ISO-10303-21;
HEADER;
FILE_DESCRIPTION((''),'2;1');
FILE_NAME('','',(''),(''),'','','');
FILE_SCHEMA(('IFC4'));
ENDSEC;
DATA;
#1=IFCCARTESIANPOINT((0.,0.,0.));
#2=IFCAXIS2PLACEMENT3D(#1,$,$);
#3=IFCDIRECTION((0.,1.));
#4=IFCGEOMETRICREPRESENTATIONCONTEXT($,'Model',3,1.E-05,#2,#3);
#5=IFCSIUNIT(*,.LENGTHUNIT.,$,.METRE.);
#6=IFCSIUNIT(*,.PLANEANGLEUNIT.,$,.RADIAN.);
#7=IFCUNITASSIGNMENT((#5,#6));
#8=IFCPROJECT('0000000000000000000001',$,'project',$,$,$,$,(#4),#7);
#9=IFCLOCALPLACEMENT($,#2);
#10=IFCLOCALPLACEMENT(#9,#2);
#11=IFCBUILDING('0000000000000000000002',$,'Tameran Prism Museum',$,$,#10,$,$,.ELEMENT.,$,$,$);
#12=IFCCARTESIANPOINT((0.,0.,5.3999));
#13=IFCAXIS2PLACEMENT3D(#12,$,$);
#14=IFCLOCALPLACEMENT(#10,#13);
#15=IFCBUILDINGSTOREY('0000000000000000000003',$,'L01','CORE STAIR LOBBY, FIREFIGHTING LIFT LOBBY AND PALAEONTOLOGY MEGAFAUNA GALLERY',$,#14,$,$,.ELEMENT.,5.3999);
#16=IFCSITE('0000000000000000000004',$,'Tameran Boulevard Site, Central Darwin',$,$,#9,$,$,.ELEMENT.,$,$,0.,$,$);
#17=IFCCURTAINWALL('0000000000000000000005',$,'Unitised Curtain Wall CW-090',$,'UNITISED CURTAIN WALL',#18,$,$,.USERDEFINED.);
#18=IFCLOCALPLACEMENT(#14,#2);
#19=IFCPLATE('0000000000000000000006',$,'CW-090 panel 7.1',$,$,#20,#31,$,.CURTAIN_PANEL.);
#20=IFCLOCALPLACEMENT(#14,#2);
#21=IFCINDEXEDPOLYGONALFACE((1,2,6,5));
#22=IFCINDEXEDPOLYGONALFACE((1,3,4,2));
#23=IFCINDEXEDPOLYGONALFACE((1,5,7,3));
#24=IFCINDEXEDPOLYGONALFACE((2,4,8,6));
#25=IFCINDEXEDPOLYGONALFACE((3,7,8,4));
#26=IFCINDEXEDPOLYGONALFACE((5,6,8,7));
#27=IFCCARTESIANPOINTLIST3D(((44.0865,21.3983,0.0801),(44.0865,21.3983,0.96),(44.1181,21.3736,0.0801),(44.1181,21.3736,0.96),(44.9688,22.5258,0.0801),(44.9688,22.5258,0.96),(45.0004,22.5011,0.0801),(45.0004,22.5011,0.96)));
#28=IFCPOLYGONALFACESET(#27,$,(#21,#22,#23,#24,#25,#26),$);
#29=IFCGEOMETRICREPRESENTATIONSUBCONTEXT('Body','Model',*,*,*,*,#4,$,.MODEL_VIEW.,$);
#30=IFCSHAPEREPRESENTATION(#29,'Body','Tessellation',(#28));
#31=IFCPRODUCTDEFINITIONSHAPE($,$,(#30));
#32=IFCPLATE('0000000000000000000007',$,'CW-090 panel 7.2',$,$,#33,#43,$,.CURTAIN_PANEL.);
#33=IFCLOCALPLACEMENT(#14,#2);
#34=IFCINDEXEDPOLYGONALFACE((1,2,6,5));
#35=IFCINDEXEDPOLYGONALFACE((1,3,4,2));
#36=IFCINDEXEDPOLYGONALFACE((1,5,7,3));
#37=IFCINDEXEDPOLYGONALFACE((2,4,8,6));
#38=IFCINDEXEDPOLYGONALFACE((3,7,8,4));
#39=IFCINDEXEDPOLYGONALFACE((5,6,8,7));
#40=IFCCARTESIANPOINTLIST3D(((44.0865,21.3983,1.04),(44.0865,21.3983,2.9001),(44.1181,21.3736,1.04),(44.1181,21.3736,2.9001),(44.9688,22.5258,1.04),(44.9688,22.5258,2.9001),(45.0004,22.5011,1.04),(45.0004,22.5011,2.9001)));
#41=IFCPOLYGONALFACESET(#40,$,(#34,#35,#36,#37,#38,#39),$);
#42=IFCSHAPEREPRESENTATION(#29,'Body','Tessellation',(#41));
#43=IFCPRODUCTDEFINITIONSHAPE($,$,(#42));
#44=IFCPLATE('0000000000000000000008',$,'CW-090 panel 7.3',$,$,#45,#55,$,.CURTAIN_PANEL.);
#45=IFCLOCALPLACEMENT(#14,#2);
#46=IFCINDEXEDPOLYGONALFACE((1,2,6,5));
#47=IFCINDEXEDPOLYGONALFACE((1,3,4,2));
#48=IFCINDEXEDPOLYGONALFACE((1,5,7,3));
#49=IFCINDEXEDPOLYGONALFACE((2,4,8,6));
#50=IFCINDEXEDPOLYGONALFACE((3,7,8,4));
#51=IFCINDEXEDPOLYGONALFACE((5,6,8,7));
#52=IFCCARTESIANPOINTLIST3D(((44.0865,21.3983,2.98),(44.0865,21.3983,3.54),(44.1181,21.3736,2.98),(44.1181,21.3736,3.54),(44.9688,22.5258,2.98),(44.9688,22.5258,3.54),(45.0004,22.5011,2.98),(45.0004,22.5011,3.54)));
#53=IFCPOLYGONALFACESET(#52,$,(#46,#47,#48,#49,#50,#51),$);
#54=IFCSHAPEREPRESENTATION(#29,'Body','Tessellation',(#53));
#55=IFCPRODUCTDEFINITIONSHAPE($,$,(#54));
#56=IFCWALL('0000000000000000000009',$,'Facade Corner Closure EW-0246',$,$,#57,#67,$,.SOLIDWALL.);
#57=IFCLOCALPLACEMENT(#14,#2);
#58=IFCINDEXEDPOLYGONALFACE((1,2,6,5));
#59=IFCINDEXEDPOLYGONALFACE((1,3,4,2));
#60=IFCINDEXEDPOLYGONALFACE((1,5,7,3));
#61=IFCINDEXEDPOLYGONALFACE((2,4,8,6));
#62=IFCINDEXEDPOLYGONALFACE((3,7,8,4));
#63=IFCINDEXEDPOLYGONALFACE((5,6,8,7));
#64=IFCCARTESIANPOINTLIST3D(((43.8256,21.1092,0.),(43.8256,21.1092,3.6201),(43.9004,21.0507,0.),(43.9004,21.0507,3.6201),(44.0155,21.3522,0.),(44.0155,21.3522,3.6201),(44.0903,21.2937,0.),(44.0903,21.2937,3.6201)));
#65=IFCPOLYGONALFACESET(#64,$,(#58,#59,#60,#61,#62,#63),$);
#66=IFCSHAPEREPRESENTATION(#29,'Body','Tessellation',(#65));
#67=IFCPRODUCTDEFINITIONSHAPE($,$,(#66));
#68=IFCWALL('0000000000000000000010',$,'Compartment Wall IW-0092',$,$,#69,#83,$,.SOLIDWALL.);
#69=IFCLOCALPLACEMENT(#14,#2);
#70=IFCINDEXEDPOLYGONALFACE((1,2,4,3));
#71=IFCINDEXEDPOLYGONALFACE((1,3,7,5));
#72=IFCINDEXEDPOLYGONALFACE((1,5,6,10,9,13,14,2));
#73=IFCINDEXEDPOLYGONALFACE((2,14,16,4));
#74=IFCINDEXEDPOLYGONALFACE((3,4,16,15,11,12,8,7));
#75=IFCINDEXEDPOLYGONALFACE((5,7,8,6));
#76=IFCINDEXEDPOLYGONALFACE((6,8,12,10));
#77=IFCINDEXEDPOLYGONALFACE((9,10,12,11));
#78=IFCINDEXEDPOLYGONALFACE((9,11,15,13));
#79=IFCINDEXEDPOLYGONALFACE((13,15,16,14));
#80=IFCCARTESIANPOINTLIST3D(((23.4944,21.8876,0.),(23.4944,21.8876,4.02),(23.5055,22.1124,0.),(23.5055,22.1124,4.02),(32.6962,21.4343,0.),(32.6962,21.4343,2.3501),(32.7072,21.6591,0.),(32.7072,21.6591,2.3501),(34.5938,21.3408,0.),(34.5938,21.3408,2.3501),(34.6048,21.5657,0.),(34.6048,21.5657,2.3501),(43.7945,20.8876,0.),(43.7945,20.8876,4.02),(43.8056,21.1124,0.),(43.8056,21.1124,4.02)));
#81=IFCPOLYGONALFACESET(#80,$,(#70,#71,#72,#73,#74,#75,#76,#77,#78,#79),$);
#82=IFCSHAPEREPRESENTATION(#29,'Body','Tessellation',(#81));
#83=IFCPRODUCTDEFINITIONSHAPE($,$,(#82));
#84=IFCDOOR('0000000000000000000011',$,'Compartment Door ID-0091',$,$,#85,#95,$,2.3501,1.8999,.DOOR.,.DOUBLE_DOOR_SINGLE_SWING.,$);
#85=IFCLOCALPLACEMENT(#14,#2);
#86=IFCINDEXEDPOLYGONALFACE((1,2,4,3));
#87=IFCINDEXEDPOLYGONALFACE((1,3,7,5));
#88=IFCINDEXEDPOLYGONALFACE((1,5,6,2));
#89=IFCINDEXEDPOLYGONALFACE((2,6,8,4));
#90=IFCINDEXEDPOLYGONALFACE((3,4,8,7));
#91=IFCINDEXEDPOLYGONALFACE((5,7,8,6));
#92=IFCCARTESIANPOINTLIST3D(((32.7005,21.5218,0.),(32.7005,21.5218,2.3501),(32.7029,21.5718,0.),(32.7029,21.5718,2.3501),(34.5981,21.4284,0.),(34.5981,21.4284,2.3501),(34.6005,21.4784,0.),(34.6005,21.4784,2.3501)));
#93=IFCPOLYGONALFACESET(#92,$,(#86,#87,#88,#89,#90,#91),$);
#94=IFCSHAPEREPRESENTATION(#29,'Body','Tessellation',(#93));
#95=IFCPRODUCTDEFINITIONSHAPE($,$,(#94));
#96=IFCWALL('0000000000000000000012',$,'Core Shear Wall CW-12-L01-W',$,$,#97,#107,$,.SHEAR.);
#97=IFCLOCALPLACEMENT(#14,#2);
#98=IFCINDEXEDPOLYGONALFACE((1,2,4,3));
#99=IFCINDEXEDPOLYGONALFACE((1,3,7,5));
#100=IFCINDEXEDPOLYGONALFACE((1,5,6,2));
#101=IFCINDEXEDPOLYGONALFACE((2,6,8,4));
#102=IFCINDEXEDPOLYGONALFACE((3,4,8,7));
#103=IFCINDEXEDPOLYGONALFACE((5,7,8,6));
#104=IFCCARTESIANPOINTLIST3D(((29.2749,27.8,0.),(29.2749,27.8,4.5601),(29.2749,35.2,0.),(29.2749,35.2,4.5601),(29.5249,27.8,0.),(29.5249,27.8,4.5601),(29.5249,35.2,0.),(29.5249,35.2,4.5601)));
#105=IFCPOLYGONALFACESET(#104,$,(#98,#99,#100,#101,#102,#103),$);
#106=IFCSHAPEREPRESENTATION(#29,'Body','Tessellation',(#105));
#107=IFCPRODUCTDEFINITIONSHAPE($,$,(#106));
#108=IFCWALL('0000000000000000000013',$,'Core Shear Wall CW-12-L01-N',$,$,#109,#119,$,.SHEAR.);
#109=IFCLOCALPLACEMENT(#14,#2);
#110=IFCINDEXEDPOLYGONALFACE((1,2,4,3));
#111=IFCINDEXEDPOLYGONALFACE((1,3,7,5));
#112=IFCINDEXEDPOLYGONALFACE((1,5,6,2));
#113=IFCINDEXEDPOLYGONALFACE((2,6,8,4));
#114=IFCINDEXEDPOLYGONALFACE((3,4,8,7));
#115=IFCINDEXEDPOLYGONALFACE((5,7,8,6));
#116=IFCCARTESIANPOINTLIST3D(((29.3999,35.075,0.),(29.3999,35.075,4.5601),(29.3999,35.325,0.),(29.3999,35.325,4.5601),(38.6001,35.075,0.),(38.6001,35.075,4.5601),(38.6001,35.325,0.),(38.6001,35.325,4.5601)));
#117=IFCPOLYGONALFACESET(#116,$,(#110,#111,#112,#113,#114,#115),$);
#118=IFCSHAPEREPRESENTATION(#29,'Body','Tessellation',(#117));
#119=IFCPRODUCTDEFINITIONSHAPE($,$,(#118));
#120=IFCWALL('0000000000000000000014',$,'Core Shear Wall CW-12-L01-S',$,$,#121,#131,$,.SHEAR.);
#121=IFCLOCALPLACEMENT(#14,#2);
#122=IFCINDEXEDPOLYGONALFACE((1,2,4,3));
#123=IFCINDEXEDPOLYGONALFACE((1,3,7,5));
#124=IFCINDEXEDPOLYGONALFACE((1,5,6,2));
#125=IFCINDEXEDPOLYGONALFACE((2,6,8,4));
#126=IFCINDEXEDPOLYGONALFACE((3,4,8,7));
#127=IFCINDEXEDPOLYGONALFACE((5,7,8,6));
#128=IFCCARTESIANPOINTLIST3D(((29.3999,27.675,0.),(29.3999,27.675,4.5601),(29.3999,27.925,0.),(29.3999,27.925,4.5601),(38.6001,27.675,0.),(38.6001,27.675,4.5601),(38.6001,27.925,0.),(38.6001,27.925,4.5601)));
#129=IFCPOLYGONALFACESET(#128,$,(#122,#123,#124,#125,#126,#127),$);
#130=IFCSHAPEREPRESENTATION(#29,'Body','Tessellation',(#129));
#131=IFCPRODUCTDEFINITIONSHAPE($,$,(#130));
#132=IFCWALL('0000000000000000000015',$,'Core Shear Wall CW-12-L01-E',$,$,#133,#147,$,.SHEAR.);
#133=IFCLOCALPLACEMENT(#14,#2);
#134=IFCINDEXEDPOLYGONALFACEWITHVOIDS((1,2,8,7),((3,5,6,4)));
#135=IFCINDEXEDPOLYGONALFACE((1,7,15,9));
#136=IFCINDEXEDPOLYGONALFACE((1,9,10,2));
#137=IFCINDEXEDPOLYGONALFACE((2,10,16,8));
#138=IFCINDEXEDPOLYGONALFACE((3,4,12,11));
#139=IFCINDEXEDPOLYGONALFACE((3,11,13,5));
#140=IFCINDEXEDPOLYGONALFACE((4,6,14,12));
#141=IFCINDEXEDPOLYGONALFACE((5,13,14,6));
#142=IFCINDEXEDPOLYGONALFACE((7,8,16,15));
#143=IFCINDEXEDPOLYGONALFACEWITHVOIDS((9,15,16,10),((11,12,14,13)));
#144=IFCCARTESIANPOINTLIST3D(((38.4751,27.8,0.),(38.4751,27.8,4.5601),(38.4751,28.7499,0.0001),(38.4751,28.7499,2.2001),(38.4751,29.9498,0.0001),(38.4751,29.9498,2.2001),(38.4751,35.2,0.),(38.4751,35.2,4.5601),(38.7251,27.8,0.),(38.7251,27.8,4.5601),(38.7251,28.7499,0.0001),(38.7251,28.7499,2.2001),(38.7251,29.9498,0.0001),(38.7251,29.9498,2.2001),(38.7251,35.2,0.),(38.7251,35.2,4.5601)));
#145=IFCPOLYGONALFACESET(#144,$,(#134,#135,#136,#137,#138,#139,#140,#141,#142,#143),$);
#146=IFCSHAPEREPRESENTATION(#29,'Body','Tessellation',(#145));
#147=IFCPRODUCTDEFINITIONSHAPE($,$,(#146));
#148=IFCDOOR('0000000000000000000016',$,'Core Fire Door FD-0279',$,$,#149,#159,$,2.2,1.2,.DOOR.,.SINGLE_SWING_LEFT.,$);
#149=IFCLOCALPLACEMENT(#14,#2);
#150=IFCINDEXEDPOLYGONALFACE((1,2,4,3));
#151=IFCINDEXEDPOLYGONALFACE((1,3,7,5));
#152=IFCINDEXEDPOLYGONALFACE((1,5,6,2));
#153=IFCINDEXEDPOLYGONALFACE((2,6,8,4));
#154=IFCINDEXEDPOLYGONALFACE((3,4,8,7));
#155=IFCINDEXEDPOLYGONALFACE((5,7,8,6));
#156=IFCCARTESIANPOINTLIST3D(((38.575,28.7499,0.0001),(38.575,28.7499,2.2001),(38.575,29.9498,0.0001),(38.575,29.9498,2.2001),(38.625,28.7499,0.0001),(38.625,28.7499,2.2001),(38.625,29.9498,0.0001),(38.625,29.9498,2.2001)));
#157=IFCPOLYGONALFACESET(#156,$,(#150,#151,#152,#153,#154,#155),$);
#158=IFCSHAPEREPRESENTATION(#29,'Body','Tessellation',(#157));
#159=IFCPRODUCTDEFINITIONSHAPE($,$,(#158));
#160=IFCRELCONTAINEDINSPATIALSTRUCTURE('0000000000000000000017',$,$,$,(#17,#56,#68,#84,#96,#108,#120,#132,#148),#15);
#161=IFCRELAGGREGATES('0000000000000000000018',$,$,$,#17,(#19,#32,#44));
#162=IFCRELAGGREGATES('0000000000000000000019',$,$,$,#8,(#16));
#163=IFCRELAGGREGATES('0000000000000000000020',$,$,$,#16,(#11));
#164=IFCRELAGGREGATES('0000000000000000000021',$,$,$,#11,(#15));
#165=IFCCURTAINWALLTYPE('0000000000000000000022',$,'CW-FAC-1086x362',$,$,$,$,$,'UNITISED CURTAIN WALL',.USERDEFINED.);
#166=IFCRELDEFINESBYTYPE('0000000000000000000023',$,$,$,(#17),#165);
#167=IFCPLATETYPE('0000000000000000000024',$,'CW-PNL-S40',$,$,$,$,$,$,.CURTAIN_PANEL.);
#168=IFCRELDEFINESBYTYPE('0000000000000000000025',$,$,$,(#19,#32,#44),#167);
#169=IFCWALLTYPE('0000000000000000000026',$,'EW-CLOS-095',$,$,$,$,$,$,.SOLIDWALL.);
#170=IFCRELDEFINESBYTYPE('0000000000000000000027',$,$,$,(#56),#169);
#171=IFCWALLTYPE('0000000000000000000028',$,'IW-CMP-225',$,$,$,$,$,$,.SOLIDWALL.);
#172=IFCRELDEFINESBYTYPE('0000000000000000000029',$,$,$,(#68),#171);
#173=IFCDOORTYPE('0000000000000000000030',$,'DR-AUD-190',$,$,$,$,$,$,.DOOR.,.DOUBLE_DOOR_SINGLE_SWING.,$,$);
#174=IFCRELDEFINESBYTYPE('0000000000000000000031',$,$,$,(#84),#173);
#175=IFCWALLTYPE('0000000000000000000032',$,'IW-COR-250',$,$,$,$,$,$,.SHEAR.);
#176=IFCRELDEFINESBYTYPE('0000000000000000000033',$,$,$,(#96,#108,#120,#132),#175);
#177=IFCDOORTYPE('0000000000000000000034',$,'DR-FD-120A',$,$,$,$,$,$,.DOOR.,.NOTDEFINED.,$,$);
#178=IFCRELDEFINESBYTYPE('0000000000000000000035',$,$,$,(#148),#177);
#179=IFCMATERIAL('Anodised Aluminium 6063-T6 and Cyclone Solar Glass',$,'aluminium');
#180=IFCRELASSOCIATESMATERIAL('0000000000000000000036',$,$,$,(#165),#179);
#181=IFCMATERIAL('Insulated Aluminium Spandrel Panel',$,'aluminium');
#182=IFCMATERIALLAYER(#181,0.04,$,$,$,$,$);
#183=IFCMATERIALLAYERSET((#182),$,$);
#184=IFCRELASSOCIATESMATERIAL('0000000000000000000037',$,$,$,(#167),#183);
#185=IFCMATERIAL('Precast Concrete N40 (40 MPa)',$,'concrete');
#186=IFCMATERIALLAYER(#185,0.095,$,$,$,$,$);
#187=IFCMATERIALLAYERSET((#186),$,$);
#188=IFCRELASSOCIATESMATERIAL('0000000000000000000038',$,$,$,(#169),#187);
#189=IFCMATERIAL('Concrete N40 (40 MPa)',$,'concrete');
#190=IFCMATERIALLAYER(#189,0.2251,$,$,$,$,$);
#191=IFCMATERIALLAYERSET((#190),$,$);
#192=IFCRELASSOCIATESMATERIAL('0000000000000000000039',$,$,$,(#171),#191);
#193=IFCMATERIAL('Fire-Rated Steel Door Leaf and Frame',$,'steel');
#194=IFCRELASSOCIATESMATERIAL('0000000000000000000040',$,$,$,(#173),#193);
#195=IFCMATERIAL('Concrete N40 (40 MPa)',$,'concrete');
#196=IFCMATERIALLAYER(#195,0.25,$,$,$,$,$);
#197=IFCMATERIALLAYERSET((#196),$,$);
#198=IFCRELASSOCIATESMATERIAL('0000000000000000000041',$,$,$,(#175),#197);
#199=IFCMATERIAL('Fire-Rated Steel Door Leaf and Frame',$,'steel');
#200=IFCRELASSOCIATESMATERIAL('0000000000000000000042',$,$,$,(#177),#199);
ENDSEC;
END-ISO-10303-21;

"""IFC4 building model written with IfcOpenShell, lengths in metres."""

from ifc_helpers import new_model, si_unit, direction, frame, frame_2d, origin, origin_2d, place, context, subcontext, project, spatial, rectangle, extrude, material, layer, layer_set, type_object, element, fill, aggregate, save


model = new_model("IFC4")

# Units and contexts
model_context = context("Model", 3, precision=1e-05, world=origin(), true_north=direction((0.0, 1.0)))
body_context = subcontext(model_context, "Body", "Model", "MODEL_VIEW")
ifc_project = project(units=[si_unit("LENGTHUNIT", "METRE"), si_unit("PLANEANGLEUNIT", "RADIAN")], contexts=[model_context])

# Site, building, storey
site_placement = place(None, origin())
site = spatial("IfcSite", under=ifc_project, at=site_placement, Name="Tameran Boulevard Site, Central Darwin", CompositionType="ELEMENT", RefElevation=0.0)
building_placement = place(site_placement, origin())
building = spatial("IfcBuilding", under=site, at=building_placement, Name="Tameran Prism Museum", CompositionType="ELEMENT")
storey_placement = place(building_placement, frame((0.0, 0.0, 5.3999)))
storey = spatial("IfcBuildingStorey", under=building, at=storey_placement, Name="L01", Description="CORE STAIR LOBBY, FIREFIGHTING LIFT LOBBY AND PALAEONTOLOGY MEGAFAUNA GALLERY", CompositionType="ELEMENT", Elevation=5.3999)

# Curtain wall
ifc_material_1 = material(Name="Anodised Aluminium 6063-T6 and Cyclone Solar Glass", Category="aluminium")
curtain_wall_type_1 = type_object("IfcCurtainWallType", Name="CW-FAC-1086x362", ElementType="UNITISED CURTAIN WALL", PredefinedType="USERDEFINED", material=ifc_material_1)
curtain_wall_1_placement = place(storey_placement, origin())
curtain_wall_1 = element("IfcCurtainWall", 1, at=curtain_wall_1_placement, inside=storey, type_object=curtain_wall_type_1, Name="Unitised Curtain Wall CW-090", ObjectType="UNITISED CURTAIN WALL", PredefinedType="USERDEFINED")

# Plates
ifc_material_2 = material(Name="Insulated Aluminium Spandrel Panel", Category="aluminium")
ifc_layer_1 = layer(ifc_material_2, 0.04)
ifc_layer_set_1 = layer_set([ifc_layer_1])
plate_type_1 = type_object("IfcPlateType", Name="CW-PNL-S40", PredefinedType="CURTAIN_PANEL", material=ifc_layer_set_1)
plate_1_placement = place(storey_placement, frame((44.5435, 21.9497, 0.0801), z_axis=(0.0, 0.0, 1.0), x_axis=(-0.616283, -0.787524, 0.0)))
plate_1 = element("IfcPlate", 2, at=plate_1_placement, type_object=plate_type_1, Name="CW-090 panel 7.1", PredefinedType="CURTAIN_PANEL", context=body_context, shape_type="SweptSolid", body=[
    extrude(rectangle(XDim=1.4316, YDim=0.04, at=origin_2d()), origin(), (0.0, 0.0, 1.0), 0.8799),
])
plate_2_placement = place(storey_placement, frame((44.5435, 21.9497, 1.04), z_axis=(0.0, 0.0, 1.0), x_axis=(-0.616283, -0.787524, 0.0)))
plate_2 = element("IfcPlate", 3, at=plate_2_placement, type_object=plate_type_1, Name="CW-090 panel 7.2", PredefinedType="CURTAIN_PANEL", context=body_context, shape_type="SweptSolid", body=[
    extrude(rectangle(XDim=1.4316, YDim=0.04, at=origin_2d()), origin(), (0.0, 0.0, 1.0), 1.8601),
])
plate_3_placement = place(storey_placement, frame((44.5435, 21.9497, 2.98), z_axis=(0.0, 0.0, 1.0), x_axis=(-0.616283, -0.787524, 0.0)))
plate_3 = element("IfcPlate", 4, at=plate_3_placement, type_object=plate_type_1, Name="CW-090 panel 7.3", PredefinedType="CURTAIN_PANEL", context=body_context, shape_type="SweptSolid", body=[
    extrude(rectangle(XDim=1.4316, YDim=0.04, at=origin_2d()), origin(), (0.0, 0.0, 1.0), 0.5601),
])
aggregate(curtain_wall_1, [plate_1, plate_2, plate_3])

# Wall
ifc_material_3 = material(Name="Precast Concrete N40 (40 MPa)", Category="concrete")
ifc_layer_2 = layer(ifc_material_3, 0.095)
ifc_layer_set_2 = layer_set([ifc_layer_2])
wall_type_1 = type_object("IfcWallType", Name="EW-CLOS-095", PredefinedType="SOLIDWALL", material=ifc_layer_set_2)
wall_1_placement = place(storey_placement, frame((44.053, 21.323, 0.0), z_axis=(0.0, 0.0, 1.0), x_axis=(-0.615967, -0.787772, 0.0)))
element("IfcWall", 5, at=wall_1_placement, inside=storey, type_object=wall_type_1, Name="Facade Corner Closure EW-0246", PredefinedType="SOLIDWALL", context=body_context, shape_type="SweptSolid", body=[
    extrude(rectangle(XDim=0.3083, YDim=0.095, at=frame_2d((0.1543, 0.0))), origin(), (0.0, 0.0, 1.0), 3.6201),
])

# Wall, opening, door
ifc_material_4 = material(Name="Concrete N40 (40 MPa)", Category="concrete")
ifc_layer_3 = layer(ifc_material_4, 0.2251)
ifc_layer_set_3 = layer_set([ifc_layer_3])
wall_type_2 = type_object("IfcWallType", Name="IW-CMP-225", PredefinedType="SOLIDWALL", material=ifc_layer_set_3)
wall_2_placement = place(storey_placement, frame((43.8, 21.0, 0.0), z_axis=(0.0, 0.0, 1.0), x_axis=(-0.998789, 0.049201, 0.0)))
wall_2 = element("IfcWall", 6, at=wall_2_placement, inside=storey, type_object=wall_type_2, Name="Compartment Wall IW-0092", PredefinedType="SOLIDWALL", context=body_context, shape_type="SweptSolid", body=[
    extrude(rectangle(XDim=20.3247, YDim=0.2251, at=frame_2d((10.1624, 0.0))), origin(), (0.0, 0.0, 1.0), 4.02),
])
opening_1_placement = place(wall_2_placement, frame((9.2119, 0.0, 0.0)))
opening_1 = element("IfcOpeningElement", 7, at=opening_1_placement, cuts=wall_2, PredefinedType="OPENING", context=body_context, shape_type="SweptSolid", body=[
    extrude(rectangle(XDim=1.8999, YDim=2.3501, at=frame_2d((0.95, 1.175))), frame((0.0, 0.1226, 0.0), z_axis=(0.0, -1.0, 0.0), x_axis=(1.0, 0.0, 0.0)), (0.0, 0.0, 1.0), 0.2451),
])
ifc_material_5 = material(Name="Fire-Rated Steel Door Leaf and Frame", Category="steel")
door_type_1 = type_object("IfcDoorType", Name="DR-AUD-190", OperationType="DOUBLE_DOOR_SINGLE_SWING", PredefinedType="DOOR", material=ifc_material_5)
door_1_placement = place(opening_1_placement, origin())
door_1 = element("IfcDoor", 8, at=door_1_placement, inside=storey, type_object=door_type_1, Name="Compartment Door ID-0091", OperationType="DOUBLE_DOOR_SINGLE_SWING", OverallHeight=2.3501, OverallWidth=1.8999, PredefinedType="DOOR", context=body_context, shape_type="SweptSolid", body=[
    extrude(rectangle(XDim=1.8999, YDim=2.3501, at=frame_2d((0.95, 1.175))), frame((0.0, 0.0249, 0.0), z_axis=(0.0, -1.0, 0.0), x_axis=(1.0, 0.0, 0.0)), (0.0, 0.0, 1.0), 0.05),
])
fill(opening_1, door_1)

# Walls
ifc_material_6 = material(Name="Concrete N40 (40 MPa)", Category="concrete")
ifc_layer_4 = layer(ifc_material_6, 0.25)
ifc_layer_set_4 = layer_set([ifc_layer_4])
wall_type_3 = type_object("IfcWallType", Name="IW-COR-250", PredefinedType="SHEAR", material=ifc_layer_set_4)
wall_3_placement = place(storey_placement, frame((29.3999, 27.8, 0.0), z_axis=(0.0, 0.0, 1.0), x_axis=(0.0, 1.0, 0.0)))
element("IfcWall", 9, at=wall_3_placement, inside=storey, type_object=wall_type_3, Name="Core Shear Wall CW-12-L01-W", PredefinedType="SHEAR", context=body_context, shape_type="SweptSolid", body=[
    extrude(rectangle(XDim=7.3999, YDim=0.25, at=frame_2d((3.7, 0.0))), origin(), (0.0, 0.0, 1.0), 4.5601),
])
for number, where, z_axis, x_axis, name in (
    (10, (29.3999, 35.2, 0.0), (0.0, 0.0, 1.0), (1.0, 0.0, 0.0), "Core Shear Wall CW-12-L01-N"),
    (11, (38.6001, 27.8, 0.0), (0.0, 0.0, 1.0), (-1.0, 0.0, 0.0), "Core Shear Wall CW-12-L01-S"),
):
    element("IfcWall", number, at=place(storey_placement, frame(where, z_axis=z_axis, x_axis=x_axis)), inside=storey, type_object=wall_type_3, Name=name, PredefinedType="SHEAR", context=body_context, shape_type="SweptSolid", body=[
        extrude(rectangle(XDim=9.2002, YDim=0.25, at=frame_2d((4.6001, 0.0))), origin(), (0.0, 0.0, 1.0), 4.5601),
    ])

# Wall, opening, door
wall_4_placement = place(storey_placement, frame((38.6001, 35.2, 0.0), z_axis=(0.0, 0.0, 1.0), x_axis=(0.0, -1.0, 0.0)))
wall_4 = element("IfcWall", 12, at=wall_4_placement, inside=storey, type_object=wall_type_3, Name="Core Shear Wall CW-12-L01-E", PredefinedType="SHEAR", context=body_context, shape_type="SweptSolid", body=[
    extrude(rectangle(XDim=7.3999, YDim=0.25, at=frame_2d((3.7, 0.0))), origin(), (0.0, 0.0, 1.0), 4.5601),
])
opening_2_placement = place(wall_4_placement, frame((5.25, 0.0, 0.0)))
opening_2 = element("IfcOpeningElement", 13, at=opening_2_placement, cuts=wall_4, PredefinedType="OPENING", context=body_context, shape_type="SweptSolid", body=[
    extrude(rectangle(XDim=1.2, YDim=2.2, at=frame_2d((0.6001, 1.1001))), frame((0.0, 0.135, 0.0), z_axis=(0.0, -1.0, 0.0), x_axis=(1.0, 0.0, 0.0)), (0.0, 0.0, 1.0), 0.27),
])
ifc_material_7 = material(Name="Fire-Rated Steel Door Leaf and Frame", Category="steel")
door_type_2 = type_object("IfcDoorType", Name="DR-FD-120A", OperationType="NOTDEFINED", PredefinedType="DOOR", material=ifc_material_7)
door_2_placement = place(opening_2_placement, origin())
door_2 = element("IfcDoor", 14, at=door_2_placement, inside=storey, type_object=door_type_2, Name="Core Fire Door FD-0279", OperationType="SINGLE_SWING_LEFT", OverallHeight=2.2, OverallWidth=1.2, PredefinedType="DOOR", context=body_context, shape_type="SweptSolid", body=[
    extrude(rectangle(XDim=1.2, YDim=2.2, at=frame_2d((0.6001, 1.1001))), frame((0.0, 0.0249, 0.0), z_axis=(0.0, -1.0, 0.0), x_axis=(1.0, 0.0, 0.0)), (0.0, 0.0, 1.0), 0.05),
])
fill(opening_2, door_2)

save(model, "model.ifc")
